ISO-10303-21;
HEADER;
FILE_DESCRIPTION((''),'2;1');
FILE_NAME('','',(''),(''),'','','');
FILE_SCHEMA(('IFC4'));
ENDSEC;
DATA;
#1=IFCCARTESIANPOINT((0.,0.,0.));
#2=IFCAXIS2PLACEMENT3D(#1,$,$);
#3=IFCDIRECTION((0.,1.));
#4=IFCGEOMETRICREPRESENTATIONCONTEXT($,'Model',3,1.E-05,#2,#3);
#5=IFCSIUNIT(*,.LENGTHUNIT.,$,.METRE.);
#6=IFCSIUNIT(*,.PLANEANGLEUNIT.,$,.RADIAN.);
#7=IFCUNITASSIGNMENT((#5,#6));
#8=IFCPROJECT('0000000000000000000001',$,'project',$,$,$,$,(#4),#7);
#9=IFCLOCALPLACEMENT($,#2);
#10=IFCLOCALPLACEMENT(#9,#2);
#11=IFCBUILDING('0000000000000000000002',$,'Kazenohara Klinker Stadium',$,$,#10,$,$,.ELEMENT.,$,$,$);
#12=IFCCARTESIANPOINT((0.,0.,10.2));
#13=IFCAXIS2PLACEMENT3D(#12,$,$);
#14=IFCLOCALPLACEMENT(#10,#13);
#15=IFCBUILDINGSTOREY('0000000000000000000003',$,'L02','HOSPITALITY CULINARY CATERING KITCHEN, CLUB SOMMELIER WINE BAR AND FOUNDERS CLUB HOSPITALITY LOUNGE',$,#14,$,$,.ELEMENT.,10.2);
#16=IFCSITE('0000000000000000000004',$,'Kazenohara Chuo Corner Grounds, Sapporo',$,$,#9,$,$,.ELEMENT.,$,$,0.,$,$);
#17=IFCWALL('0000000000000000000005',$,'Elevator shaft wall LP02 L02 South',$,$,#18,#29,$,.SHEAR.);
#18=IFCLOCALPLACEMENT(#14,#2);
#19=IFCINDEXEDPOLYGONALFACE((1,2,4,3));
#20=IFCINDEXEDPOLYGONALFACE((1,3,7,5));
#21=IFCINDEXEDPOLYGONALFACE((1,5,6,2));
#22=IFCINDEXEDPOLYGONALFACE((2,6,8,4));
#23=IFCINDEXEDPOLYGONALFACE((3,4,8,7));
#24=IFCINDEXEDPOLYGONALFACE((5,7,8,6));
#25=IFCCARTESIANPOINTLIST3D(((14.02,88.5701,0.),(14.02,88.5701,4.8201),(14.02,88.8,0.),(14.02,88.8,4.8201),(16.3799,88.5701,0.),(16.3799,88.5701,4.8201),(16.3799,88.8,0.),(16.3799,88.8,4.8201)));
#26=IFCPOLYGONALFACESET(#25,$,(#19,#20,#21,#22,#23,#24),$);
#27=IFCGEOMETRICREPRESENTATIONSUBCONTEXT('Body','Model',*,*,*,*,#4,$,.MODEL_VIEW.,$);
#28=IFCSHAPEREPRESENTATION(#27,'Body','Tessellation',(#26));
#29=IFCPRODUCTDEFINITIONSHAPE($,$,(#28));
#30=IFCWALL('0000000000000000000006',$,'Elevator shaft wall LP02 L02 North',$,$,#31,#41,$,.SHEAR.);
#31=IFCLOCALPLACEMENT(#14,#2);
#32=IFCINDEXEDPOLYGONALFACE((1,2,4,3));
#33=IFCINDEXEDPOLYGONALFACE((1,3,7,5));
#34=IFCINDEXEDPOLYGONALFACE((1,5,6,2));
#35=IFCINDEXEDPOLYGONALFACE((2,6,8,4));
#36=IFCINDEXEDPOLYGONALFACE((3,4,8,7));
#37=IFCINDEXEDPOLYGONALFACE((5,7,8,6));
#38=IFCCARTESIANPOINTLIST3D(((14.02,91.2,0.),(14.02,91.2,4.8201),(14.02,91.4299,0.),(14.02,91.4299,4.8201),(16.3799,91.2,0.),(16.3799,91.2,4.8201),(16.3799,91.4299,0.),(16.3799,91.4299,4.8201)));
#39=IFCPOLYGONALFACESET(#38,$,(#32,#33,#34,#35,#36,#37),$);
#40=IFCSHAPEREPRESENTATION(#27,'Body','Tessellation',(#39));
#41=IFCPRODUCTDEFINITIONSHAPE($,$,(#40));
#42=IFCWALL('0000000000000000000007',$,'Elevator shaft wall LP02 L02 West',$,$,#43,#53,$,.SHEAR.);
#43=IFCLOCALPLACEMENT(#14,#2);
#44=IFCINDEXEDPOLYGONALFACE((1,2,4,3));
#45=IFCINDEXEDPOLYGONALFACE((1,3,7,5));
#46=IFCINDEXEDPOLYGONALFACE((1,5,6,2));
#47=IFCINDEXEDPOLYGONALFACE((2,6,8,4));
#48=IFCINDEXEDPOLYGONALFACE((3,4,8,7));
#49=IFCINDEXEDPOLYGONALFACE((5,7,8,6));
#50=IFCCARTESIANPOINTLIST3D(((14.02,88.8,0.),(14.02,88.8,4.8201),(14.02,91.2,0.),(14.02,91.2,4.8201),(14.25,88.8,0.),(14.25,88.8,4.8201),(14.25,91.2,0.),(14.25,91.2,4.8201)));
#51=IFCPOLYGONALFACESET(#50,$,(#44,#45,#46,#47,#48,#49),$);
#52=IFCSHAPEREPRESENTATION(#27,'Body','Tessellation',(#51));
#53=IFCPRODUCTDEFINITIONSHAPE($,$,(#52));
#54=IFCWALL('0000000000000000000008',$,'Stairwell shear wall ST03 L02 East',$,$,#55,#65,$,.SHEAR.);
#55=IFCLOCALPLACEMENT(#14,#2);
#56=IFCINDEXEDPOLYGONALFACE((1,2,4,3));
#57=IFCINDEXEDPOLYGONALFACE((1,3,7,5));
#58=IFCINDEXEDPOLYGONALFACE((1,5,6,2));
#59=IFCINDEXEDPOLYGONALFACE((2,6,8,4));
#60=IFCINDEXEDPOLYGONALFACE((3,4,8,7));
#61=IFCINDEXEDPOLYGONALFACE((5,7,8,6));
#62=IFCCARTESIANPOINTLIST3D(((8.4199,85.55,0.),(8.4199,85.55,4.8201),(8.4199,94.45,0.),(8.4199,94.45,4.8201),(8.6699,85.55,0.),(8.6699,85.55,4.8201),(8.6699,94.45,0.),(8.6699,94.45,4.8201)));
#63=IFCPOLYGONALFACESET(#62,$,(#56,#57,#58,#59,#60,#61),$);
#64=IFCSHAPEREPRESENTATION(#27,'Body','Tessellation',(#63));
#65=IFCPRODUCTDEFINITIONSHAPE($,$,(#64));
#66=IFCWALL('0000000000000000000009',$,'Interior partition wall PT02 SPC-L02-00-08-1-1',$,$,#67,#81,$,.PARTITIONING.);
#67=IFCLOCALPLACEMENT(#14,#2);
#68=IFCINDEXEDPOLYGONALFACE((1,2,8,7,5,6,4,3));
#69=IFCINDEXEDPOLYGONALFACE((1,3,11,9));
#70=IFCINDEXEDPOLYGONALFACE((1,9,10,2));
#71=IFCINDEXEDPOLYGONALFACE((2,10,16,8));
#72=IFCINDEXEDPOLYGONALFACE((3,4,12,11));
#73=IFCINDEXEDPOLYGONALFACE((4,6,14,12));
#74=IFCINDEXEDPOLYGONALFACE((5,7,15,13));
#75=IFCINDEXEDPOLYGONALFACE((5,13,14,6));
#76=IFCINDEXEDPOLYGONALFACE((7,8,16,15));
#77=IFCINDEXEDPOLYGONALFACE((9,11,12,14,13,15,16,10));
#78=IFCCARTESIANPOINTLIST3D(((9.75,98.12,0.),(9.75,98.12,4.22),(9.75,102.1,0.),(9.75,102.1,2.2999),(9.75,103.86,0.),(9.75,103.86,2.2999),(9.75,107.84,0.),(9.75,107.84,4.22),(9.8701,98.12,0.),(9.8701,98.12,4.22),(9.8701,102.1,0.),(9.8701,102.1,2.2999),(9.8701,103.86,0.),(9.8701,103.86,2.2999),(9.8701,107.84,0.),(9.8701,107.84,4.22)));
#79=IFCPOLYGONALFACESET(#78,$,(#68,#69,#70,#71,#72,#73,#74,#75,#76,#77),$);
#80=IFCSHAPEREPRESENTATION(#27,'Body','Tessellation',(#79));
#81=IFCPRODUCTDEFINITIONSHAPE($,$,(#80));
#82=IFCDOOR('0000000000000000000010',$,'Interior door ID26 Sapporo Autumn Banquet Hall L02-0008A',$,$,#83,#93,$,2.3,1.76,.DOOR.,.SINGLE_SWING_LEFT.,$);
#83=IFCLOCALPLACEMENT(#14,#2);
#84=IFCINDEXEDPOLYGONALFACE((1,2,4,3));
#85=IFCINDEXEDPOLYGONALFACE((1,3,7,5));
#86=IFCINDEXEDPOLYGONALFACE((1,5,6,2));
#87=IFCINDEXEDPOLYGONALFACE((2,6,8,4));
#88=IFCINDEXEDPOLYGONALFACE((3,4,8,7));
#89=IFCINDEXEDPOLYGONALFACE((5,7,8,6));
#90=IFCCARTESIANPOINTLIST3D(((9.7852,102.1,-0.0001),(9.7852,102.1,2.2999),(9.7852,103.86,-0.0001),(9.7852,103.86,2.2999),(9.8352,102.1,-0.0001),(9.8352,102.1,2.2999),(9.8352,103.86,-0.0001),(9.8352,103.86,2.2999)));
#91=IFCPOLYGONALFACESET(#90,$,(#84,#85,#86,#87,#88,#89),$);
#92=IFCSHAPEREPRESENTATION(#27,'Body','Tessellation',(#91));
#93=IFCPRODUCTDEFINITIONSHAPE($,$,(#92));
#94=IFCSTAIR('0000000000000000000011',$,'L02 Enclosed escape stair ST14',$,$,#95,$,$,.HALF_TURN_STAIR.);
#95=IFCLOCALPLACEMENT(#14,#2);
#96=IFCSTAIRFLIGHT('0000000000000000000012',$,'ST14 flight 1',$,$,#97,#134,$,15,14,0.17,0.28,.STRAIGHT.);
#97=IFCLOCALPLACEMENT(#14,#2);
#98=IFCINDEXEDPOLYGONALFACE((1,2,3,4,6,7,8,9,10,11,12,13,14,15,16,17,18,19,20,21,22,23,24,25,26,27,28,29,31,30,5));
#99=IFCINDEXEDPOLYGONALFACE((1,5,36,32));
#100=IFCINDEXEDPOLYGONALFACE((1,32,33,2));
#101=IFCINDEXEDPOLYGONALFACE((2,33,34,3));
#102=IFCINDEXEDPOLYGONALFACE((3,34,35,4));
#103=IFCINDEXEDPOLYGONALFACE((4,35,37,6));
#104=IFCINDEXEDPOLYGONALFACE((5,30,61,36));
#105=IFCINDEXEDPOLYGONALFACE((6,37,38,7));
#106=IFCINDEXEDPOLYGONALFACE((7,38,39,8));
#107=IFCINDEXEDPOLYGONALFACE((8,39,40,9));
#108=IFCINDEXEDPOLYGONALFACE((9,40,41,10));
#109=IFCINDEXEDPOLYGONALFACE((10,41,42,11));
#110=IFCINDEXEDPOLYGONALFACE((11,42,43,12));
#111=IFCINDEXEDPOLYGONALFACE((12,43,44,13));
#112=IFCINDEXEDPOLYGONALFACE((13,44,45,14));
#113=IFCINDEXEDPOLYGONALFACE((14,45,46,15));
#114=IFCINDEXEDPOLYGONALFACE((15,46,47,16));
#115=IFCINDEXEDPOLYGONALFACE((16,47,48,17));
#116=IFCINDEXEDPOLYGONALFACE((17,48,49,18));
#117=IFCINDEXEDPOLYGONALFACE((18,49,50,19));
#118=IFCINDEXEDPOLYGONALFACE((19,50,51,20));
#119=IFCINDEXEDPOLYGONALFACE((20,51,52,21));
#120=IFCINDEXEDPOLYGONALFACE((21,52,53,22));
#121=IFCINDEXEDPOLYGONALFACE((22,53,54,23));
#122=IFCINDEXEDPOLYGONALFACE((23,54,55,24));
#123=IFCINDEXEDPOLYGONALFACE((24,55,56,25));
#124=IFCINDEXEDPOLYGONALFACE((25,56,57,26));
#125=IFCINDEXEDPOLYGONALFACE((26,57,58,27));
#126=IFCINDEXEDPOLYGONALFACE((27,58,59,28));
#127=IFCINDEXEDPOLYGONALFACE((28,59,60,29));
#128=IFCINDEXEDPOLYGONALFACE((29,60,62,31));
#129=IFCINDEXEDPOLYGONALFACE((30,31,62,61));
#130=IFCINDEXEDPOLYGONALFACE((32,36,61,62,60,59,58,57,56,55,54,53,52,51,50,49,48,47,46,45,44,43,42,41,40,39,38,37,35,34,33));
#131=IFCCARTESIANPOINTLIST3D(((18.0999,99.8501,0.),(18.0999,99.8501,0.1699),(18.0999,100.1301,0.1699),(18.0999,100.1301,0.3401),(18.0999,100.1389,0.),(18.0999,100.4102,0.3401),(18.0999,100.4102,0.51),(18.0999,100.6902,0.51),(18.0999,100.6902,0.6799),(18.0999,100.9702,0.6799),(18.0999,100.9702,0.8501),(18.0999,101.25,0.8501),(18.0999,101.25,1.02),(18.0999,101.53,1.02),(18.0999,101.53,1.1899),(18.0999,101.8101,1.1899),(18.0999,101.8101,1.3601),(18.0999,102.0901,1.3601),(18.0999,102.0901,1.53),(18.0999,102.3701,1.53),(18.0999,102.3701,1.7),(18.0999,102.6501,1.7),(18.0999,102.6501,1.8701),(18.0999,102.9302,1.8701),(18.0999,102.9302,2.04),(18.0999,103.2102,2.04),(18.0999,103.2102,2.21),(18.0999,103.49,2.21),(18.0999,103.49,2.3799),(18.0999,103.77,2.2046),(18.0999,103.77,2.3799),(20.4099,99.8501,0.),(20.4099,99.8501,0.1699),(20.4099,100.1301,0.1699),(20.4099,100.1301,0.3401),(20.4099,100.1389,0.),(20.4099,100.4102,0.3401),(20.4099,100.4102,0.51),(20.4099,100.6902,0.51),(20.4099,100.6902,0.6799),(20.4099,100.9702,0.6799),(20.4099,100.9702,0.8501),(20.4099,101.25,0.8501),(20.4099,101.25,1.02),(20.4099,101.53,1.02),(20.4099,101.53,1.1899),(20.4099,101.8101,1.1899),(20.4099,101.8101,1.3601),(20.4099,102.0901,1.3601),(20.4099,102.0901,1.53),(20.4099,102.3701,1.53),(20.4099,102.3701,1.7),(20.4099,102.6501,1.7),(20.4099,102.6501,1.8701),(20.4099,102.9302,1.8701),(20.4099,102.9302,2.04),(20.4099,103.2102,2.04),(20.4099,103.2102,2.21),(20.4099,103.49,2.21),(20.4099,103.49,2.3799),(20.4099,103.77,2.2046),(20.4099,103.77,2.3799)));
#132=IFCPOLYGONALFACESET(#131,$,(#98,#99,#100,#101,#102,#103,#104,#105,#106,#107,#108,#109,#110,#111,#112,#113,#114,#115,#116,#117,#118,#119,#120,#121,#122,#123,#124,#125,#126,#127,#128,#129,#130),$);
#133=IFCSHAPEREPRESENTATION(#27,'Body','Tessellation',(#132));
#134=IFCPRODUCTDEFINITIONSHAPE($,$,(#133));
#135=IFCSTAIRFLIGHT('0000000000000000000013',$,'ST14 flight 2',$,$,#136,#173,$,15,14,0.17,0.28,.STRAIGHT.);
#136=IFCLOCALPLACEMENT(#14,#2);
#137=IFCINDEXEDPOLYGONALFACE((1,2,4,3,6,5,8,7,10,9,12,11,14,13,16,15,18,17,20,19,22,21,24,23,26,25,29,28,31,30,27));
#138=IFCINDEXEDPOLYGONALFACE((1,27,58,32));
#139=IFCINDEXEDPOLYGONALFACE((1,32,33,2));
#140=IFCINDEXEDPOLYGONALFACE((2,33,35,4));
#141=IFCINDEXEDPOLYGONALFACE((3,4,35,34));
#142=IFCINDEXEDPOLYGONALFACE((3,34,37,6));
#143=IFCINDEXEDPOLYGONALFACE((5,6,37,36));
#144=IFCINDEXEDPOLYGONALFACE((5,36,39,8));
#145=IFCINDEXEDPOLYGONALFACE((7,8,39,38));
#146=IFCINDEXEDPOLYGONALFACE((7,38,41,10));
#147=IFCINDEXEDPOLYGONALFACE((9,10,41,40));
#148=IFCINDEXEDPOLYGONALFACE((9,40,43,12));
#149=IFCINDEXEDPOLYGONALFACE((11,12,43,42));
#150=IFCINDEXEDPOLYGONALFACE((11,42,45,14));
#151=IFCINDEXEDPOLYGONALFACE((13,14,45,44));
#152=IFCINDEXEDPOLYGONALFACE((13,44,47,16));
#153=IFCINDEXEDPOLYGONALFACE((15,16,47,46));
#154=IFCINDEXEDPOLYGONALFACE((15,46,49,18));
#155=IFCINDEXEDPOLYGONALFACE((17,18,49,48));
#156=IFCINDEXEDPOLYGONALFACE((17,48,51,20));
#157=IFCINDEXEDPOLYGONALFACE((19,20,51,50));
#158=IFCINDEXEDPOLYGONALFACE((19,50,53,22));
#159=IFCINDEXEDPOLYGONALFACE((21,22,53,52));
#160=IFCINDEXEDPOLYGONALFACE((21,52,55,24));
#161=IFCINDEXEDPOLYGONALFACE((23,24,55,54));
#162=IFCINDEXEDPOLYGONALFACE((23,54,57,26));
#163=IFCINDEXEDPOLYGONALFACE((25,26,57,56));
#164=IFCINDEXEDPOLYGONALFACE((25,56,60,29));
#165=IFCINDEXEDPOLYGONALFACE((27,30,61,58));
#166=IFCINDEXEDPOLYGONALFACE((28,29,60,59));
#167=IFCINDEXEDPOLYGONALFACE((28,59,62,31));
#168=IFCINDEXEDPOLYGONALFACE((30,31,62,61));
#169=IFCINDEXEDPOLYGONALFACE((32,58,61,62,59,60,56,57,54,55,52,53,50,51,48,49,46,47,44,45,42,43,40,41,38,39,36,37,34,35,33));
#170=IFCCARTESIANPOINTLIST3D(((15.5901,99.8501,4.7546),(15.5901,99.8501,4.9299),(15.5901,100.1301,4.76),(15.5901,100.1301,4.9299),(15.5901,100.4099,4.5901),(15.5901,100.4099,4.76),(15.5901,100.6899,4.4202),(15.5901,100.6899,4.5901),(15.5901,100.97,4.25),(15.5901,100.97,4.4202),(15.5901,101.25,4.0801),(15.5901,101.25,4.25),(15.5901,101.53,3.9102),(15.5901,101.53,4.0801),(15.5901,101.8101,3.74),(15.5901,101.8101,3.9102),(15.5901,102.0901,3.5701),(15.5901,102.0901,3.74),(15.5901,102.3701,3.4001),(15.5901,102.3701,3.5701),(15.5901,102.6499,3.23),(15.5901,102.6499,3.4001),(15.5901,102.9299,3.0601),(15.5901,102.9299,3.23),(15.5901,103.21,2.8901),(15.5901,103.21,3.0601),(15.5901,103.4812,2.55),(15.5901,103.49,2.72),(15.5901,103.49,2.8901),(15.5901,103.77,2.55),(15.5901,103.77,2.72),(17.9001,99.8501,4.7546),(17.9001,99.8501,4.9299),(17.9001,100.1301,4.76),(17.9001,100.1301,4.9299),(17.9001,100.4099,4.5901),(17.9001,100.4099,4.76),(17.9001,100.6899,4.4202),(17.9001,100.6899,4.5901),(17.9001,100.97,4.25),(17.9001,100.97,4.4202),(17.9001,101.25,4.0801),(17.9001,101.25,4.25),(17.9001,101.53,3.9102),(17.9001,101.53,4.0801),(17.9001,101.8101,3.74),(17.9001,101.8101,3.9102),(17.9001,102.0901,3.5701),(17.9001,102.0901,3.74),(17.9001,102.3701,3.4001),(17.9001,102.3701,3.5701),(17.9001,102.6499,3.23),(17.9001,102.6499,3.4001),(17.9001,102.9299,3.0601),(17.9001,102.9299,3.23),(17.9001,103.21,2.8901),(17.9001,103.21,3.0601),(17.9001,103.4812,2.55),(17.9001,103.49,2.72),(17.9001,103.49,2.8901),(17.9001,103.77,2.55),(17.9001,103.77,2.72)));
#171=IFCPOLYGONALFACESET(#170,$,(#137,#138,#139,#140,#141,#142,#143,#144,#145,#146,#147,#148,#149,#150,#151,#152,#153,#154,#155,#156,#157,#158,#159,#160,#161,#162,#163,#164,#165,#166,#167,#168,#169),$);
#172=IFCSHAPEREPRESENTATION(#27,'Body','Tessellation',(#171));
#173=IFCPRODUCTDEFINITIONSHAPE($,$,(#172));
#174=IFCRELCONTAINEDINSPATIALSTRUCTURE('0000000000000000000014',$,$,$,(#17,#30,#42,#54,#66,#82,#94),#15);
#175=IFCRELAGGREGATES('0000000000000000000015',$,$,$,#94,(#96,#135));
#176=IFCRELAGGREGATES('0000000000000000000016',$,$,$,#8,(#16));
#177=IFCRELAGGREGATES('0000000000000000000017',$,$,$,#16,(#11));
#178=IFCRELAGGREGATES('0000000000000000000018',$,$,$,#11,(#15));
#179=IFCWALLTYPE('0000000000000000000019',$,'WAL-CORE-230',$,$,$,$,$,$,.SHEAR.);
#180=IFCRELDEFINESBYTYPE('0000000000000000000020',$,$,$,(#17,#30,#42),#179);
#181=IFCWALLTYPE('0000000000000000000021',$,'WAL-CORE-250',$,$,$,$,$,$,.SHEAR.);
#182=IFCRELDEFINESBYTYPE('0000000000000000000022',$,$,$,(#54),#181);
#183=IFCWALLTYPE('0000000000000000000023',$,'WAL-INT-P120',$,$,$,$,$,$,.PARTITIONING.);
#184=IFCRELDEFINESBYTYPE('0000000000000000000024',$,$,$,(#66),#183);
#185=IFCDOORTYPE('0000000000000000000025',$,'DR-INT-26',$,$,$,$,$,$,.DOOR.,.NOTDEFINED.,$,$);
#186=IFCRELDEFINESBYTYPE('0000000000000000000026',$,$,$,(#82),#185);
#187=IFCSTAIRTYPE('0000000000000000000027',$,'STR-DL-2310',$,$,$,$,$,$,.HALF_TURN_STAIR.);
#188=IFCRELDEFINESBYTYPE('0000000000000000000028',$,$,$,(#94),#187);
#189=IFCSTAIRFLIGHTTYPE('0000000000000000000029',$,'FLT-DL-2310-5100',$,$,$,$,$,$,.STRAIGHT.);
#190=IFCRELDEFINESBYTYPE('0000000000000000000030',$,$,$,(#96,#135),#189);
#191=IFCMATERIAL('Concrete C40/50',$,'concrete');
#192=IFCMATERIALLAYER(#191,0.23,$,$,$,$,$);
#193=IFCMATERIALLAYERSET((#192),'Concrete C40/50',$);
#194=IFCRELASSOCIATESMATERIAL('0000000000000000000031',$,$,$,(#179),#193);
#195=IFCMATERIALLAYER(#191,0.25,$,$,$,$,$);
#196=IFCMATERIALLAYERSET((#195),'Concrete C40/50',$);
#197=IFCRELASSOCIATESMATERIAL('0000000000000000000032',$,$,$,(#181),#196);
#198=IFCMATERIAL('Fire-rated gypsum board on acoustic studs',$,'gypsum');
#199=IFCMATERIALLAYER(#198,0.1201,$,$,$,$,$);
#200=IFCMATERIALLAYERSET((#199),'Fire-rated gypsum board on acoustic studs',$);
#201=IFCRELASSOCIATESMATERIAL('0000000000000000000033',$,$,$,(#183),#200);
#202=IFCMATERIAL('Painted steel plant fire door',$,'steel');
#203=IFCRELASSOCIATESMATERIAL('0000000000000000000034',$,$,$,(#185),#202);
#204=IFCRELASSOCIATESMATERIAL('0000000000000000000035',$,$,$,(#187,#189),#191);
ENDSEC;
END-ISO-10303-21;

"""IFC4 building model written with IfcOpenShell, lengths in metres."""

from ifc_helpers import new_model, si_unit, direction, frame, frame_2d, origin, place, context, subcontext, project, spatial, polyline, rectangle, outline, extrude, material, layer, layer_set, type_object, element, fill, aggregate, save


model = new_model("IFC4")

# Units and contexts
model_context = context("Model", 3, precision=1e-05, world=origin(), true_north=direction((0.0, 1.0)))
body_context = subcontext(model_context, "Body", "Model", "MODEL_VIEW")
ifc_project = project(units=[si_unit("LENGTHUNIT", "METRE"), si_unit("PLANEANGLEUNIT", "RADIAN")], contexts=[model_context])

# Site, building, storey
site_placement = place(None, origin())
site = spatial("IfcSite", under=ifc_project, at=site_placement, Name="Kazenohara Chuo Corner Grounds, Sapporo", CompositionType="ELEMENT", RefElevation=0.0)
building_placement = place(site_placement, origin())
building = spatial("IfcBuilding", under=site, at=building_placement, Name="Kazenohara Klinker Stadium", CompositionType="ELEMENT")
storey_placement = place(building_placement, frame((0.0, 0.0, 10.2)))
storey = spatial("IfcBuildingStorey", under=building, at=storey_placement, Name="L02", Description="HOSPITALITY CULINARY CATERING KITCHEN, CLUB SOMMELIER WINE BAR AND FOUNDERS CLUB HOSPITALITY LOUNGE", CompositionType="ELEMENT", Elevation=10.2)

# Shared definitions
ifc_material_1 = material(Name="Concrete C40/50", Category="concrete")

# Shared definitions
ifc_layer_1 = layer(ifc_material_1, 0.23)
ifc_layer_set_1 = layer_set([ifc_layer_1], Name="Concrete C40/50")
wall_type_1 = type_object("IfcWallType", Name="WAL-CORE-230", PredefinedType="SHEAR", material=ifc_layer_set_1)

# Walls
for number, where, z_axis, x_axis, name in (
    (1, (14.02, 88.6851, 0.0), (0.0, 0.0, 1.0), (1.0, 0.0, 0.0), "Elevator shaft wall LP02 L02 South"),
    (2, (14.02, 91.3149, 0.0), (0.0, 0.0, 1.0), (1.0, 0.0, 0.0), "Elevator shaft wall LP02 L02 North"),
):
    element("IfcWall", number, at=place(storey_placement, frame(where, z_axis=z_axis, x_axis=x_axis)), inside=storey, type_object=wall_type_1, Name=name, PredefinedType="SHEAR", context=body_context, shape_type="SweptSolid", body=[
        extrude(rectangle(XDim=2.3599, YDim=0.23, at=frame_2d((1.1799, 0.0))), origin(), (0.0, 0.0, 1.0), 4.8201),
    ])
wall_1_placement = place(storey_placement, frame((14.135, 88.8, 0.0), z_axis=(0.0, 0.0, 1.0), x_axis=(0.0, 1.0, 0.0)))
element("IfcWall", 3, at=wall_1_placement, inside=storey, type_object=wall_type_1, Name="Elevator shaft wall LP02 L02 West", PredefinedType="SHEAR", context=body_context, shape_type="SweptSolid", body=[
    extrude(rectangle(XDim=2.3999, YDim=0.23, at=frame_2d((1.2, 0.0))), origin(), (0.0, 0.0, 1.0), 4.8201),
])

# Wall
ifc_layer_2 = layer(ifc_material_1, 0.25)
ifc_layer_set_2 = layer_set([ifc_layer_2], Name="Concrete C40/50")
wall_type_2 = type_object("IfcWallType", Name="WAL-CORE-250", PredefinedType="SHEAR", material=ifc_layer_set_2)
wall_2_placement = place(storey_placement, frame((8.5449, 85.55, 0.0), z_axis=(0.0, 0.0, 1.0), x_axis=(0.0, 1.0, 0.0)))
element("IfcWall", 4, at=wall_2_placement, inside=storey, type_object=wall_type_2, Name="Stairwell shear wall ST03 L02 East", PredefinedType="SHEAR", context=body_context, shape_type="SweptSolid", body=[
    extrude(rectangle(XDim=8.8999, YDim=0.25, at=frame_2d((4.45, 0.0))), origin(), (0.0, 0.0, 1.0), 4.8201),
])

# Wall, opening, door
ifc_material_2 = material(Name="Fire-rated gypsum board on acoustic studs", Category="gypsum")
ifc_layer_3 = layer(ifc_material_2, 0.1201)
ifc_layer_set_3 = layer_set([ifc_layer_3], Name="Fire-rated gypsum board on acoustic studs")
wall_type_3 = type_object("IfcWallType", Name="WAL-INT-P120", PredefinedType="PARTITIONING", material=ifc_layer_set_3)
wall_3_placement = place(storey_placement, frame((9.8101, 98.1201, 0.0), z_axis=(0.0, 0.0, 1.0), x_axis=(0.0, 1.0, 0.0)))
wall_3 = element("IfcWall", 5, at=wall_3_placement, inside=storey, type_object=wall_type_3, Name="Interior partition wall PT02 SPC-L02-00-08-1-1", PredefinedType="PARTITIONING", context=body_context, shape_type="SweptSolid", body=[
    extrude(rectangle(XDim=9.72, YDim=0.1201, at=frame_2d((4.8599, 0.0))), origin(), (0.0, 0.0, 1.0), 4.22),
])
opening_1_placement = place(wall_3_placement, frame((3.98, 0.0, 0.0)))
opening_1 = element("IfcOpeningElement", 6, at=opening_1_placement, cuts=wall_3, PredefinedType="OPENING", context=body_context, shape_type="SweptSolid", body=[
    extrude(rectangle(XDim=1.76, YDim=2.3, at=frame_2d((0.8799, 1.1499))), frame((0.0, 0.0701, 0.0), z_axis=(0.0, -1.0, 0.0), x_axis=(1.0, 0.0, 0.0)), (0.0, 0.0, 1.0), 0.1401),
])
ifc_material_3 = material(Name="Painted steel plant fire door", Category="steel")
door_type_1 = type_object("IfcDoorType", Name="DR-INT-26", OperationType="NOTDEFINED", PredefinedType="DOOR", material=ifc_material_3)
door_1_placement = place(opening_1_placement, origin())
door_1 = element("IfcDoor", 7, at=door_1_placement, inside=storey, type_object=door_type_1, Name="Interior door ID26 Sapporo Autumn Banquet Hall L02-0008A", OperationType="SINGLE_SWING_LEFT", OverallHeight=2.3, OverallWidth=1.76, PredefinedType="DOOR", context=body_context, shape_type="SweptSolid", body=[
    extrude(rectangle(XDim=1.76, YDim=2.3, at=frame_2d((0.8799, 1.1499))), frame((0.0, 0.0249, 0.0), z_axis=(0.0, -1.0, 0.0), x_axis=(1.0, 0.0, 0.0)), (0.0, 0.0, 1.0), 0.05),
])
fill(opening_1, door_1)

# Stair, stair flights
stair_type_1 = type_object("IfcStairType", Name="STR-DL-2310", PredefinedType="HALF_TURN_STAIR", material=ifc_material_1)
stair_1_placement = place(storey_placement, origin())
stair_1 = element("IfcStair", 8, at=stair_1_placement, inside=storey, type_object=stair_type_1, Name="L02 Enclosed escape stair ST14", PredefinedType="HALF_TURN_STAIR")
stair_flight_type_1 = type_object("IfcStairFlightType", Name="FLT-DL-2310-5100", PredefinedType="STRAIGHT", material=ifc_material_1)
stair_flight_1_placement = place(storey_placement, frame((19.2549, 99.8501, 0.0), z_axis=(0.0, 0.0, 1.0), x_axis=(0.0, 1.0, 0.0)))
stair_flight_1 = element("IfcStairFlight", 9, at=stair_flight_1_placement, type_object=stair_flight_type_1, Name="ST14 flight 1", NumberOfRisers=15, NumberOfTreads=14, PredefinedType="STRAIGHT", RiserHeight=0.17, TreadLength=0.28, context=body_context, shape_type="SweptSolid", body=[
    extrude(outline(polyline([(0.0, 0.0), (0.0, 0.1699), (0.28, 0.1699), (0.28, 0.3401), (0.5601, 0.3401), (0.5601, 0.51), (0.8401, 0.51), (0.8401, 0.6799), (1.1201, 0.6799), (1.1201, 0.8501), (1.3999, 0.8501), (1.3999, 1.02), (1.6799, 1.02), (1.6799, 1.1899), (1.96, 1.1899), (1.96, 1.3601), (2.24, 1.3601), (2.24, 1.53), (2.52, 1.53), (2.52, 1.7), (2.8, 1.7), (2.8, 1.8701), (3.0801, 1.8701), (3.0801, 2.04), (3.3601, 2.04), (3.3601, 2.21), (3.6399, 2.21), (3.6399, 2.3799), (3.9199, 2.3799), (3.9199, 2.55), (3.9199, 2.2046), (0.2888, 0.0), (0.0, 0.0)])), frame((0.0, 1.155, 0.0), z_axis=(0.0, -1.0, 0.0), x_axis=(1.0, 0.0, 0.0)), (0.0, 0.0, 1.0), 2.3101),
])
stair_flight_2_placement = place(storey_placement, frame((16.7451, 103.77, 2.55), z_axis=(0.0, 0.0, 1.0), x_axis=(0.0, -1.0, 0.0)))
stair_flight_2 = element("IfcStairFlight", 10, at=stair_flight_2_placement, type_object=stair_flight_type_1, Name="ST14 flight 2", NumberOfRisers=15, NumberOfTreads=14, PredefinedType="STRAIGHT", RiserHeight=0.17, TreadLength=0.28, context=body_context, shape_type="SweptSolid", body=[
    extrude(outline(polyline([(0.0, 0.0), (0.0, 0.1699), (0.28, 0.1699), (0.28, 0.3401), (0.5601, 0.3401), (0.5601, 0.51), (0.8401, 0.51), (0.8401, 0.6799), (1.1201, 0.6799), (1.1201, 0.8501), (1.3999, 0.8501), (1.3999, 1.02), (1.6799, 1.02), (1.6799, 1.1899), (1.96, 1.1899), (1.96, 1.3601), (2.24, 1.3601), (2.24, 1.53), (2.52, 1.53), (2.52, 1.7), (2.8, 1.7), (2.8, 1.8701), (3.0801, 1.8701), (3.0801, 2.04), (3.3601, 2.04), (3.3601, 2.21), (3.6399, 2.21), (3.6399, 2.3799), (3.9199, 2.3799), (3.9199, 2.55), (3.9199, 2.2046), (0.2888, 0.0), (0.0, 0.0)])), frame((0.0, 1.155, 0.0), z_axis=(0.0, -1.0, 0.0), x_axis=(1.0, 0.0, 0.0)), (0.0, 0.0, 1.0), 2.3101),
])
aggregate(stair_1, [stair_flight_1, stair_flight_2])

save(model, "model.ifc")
